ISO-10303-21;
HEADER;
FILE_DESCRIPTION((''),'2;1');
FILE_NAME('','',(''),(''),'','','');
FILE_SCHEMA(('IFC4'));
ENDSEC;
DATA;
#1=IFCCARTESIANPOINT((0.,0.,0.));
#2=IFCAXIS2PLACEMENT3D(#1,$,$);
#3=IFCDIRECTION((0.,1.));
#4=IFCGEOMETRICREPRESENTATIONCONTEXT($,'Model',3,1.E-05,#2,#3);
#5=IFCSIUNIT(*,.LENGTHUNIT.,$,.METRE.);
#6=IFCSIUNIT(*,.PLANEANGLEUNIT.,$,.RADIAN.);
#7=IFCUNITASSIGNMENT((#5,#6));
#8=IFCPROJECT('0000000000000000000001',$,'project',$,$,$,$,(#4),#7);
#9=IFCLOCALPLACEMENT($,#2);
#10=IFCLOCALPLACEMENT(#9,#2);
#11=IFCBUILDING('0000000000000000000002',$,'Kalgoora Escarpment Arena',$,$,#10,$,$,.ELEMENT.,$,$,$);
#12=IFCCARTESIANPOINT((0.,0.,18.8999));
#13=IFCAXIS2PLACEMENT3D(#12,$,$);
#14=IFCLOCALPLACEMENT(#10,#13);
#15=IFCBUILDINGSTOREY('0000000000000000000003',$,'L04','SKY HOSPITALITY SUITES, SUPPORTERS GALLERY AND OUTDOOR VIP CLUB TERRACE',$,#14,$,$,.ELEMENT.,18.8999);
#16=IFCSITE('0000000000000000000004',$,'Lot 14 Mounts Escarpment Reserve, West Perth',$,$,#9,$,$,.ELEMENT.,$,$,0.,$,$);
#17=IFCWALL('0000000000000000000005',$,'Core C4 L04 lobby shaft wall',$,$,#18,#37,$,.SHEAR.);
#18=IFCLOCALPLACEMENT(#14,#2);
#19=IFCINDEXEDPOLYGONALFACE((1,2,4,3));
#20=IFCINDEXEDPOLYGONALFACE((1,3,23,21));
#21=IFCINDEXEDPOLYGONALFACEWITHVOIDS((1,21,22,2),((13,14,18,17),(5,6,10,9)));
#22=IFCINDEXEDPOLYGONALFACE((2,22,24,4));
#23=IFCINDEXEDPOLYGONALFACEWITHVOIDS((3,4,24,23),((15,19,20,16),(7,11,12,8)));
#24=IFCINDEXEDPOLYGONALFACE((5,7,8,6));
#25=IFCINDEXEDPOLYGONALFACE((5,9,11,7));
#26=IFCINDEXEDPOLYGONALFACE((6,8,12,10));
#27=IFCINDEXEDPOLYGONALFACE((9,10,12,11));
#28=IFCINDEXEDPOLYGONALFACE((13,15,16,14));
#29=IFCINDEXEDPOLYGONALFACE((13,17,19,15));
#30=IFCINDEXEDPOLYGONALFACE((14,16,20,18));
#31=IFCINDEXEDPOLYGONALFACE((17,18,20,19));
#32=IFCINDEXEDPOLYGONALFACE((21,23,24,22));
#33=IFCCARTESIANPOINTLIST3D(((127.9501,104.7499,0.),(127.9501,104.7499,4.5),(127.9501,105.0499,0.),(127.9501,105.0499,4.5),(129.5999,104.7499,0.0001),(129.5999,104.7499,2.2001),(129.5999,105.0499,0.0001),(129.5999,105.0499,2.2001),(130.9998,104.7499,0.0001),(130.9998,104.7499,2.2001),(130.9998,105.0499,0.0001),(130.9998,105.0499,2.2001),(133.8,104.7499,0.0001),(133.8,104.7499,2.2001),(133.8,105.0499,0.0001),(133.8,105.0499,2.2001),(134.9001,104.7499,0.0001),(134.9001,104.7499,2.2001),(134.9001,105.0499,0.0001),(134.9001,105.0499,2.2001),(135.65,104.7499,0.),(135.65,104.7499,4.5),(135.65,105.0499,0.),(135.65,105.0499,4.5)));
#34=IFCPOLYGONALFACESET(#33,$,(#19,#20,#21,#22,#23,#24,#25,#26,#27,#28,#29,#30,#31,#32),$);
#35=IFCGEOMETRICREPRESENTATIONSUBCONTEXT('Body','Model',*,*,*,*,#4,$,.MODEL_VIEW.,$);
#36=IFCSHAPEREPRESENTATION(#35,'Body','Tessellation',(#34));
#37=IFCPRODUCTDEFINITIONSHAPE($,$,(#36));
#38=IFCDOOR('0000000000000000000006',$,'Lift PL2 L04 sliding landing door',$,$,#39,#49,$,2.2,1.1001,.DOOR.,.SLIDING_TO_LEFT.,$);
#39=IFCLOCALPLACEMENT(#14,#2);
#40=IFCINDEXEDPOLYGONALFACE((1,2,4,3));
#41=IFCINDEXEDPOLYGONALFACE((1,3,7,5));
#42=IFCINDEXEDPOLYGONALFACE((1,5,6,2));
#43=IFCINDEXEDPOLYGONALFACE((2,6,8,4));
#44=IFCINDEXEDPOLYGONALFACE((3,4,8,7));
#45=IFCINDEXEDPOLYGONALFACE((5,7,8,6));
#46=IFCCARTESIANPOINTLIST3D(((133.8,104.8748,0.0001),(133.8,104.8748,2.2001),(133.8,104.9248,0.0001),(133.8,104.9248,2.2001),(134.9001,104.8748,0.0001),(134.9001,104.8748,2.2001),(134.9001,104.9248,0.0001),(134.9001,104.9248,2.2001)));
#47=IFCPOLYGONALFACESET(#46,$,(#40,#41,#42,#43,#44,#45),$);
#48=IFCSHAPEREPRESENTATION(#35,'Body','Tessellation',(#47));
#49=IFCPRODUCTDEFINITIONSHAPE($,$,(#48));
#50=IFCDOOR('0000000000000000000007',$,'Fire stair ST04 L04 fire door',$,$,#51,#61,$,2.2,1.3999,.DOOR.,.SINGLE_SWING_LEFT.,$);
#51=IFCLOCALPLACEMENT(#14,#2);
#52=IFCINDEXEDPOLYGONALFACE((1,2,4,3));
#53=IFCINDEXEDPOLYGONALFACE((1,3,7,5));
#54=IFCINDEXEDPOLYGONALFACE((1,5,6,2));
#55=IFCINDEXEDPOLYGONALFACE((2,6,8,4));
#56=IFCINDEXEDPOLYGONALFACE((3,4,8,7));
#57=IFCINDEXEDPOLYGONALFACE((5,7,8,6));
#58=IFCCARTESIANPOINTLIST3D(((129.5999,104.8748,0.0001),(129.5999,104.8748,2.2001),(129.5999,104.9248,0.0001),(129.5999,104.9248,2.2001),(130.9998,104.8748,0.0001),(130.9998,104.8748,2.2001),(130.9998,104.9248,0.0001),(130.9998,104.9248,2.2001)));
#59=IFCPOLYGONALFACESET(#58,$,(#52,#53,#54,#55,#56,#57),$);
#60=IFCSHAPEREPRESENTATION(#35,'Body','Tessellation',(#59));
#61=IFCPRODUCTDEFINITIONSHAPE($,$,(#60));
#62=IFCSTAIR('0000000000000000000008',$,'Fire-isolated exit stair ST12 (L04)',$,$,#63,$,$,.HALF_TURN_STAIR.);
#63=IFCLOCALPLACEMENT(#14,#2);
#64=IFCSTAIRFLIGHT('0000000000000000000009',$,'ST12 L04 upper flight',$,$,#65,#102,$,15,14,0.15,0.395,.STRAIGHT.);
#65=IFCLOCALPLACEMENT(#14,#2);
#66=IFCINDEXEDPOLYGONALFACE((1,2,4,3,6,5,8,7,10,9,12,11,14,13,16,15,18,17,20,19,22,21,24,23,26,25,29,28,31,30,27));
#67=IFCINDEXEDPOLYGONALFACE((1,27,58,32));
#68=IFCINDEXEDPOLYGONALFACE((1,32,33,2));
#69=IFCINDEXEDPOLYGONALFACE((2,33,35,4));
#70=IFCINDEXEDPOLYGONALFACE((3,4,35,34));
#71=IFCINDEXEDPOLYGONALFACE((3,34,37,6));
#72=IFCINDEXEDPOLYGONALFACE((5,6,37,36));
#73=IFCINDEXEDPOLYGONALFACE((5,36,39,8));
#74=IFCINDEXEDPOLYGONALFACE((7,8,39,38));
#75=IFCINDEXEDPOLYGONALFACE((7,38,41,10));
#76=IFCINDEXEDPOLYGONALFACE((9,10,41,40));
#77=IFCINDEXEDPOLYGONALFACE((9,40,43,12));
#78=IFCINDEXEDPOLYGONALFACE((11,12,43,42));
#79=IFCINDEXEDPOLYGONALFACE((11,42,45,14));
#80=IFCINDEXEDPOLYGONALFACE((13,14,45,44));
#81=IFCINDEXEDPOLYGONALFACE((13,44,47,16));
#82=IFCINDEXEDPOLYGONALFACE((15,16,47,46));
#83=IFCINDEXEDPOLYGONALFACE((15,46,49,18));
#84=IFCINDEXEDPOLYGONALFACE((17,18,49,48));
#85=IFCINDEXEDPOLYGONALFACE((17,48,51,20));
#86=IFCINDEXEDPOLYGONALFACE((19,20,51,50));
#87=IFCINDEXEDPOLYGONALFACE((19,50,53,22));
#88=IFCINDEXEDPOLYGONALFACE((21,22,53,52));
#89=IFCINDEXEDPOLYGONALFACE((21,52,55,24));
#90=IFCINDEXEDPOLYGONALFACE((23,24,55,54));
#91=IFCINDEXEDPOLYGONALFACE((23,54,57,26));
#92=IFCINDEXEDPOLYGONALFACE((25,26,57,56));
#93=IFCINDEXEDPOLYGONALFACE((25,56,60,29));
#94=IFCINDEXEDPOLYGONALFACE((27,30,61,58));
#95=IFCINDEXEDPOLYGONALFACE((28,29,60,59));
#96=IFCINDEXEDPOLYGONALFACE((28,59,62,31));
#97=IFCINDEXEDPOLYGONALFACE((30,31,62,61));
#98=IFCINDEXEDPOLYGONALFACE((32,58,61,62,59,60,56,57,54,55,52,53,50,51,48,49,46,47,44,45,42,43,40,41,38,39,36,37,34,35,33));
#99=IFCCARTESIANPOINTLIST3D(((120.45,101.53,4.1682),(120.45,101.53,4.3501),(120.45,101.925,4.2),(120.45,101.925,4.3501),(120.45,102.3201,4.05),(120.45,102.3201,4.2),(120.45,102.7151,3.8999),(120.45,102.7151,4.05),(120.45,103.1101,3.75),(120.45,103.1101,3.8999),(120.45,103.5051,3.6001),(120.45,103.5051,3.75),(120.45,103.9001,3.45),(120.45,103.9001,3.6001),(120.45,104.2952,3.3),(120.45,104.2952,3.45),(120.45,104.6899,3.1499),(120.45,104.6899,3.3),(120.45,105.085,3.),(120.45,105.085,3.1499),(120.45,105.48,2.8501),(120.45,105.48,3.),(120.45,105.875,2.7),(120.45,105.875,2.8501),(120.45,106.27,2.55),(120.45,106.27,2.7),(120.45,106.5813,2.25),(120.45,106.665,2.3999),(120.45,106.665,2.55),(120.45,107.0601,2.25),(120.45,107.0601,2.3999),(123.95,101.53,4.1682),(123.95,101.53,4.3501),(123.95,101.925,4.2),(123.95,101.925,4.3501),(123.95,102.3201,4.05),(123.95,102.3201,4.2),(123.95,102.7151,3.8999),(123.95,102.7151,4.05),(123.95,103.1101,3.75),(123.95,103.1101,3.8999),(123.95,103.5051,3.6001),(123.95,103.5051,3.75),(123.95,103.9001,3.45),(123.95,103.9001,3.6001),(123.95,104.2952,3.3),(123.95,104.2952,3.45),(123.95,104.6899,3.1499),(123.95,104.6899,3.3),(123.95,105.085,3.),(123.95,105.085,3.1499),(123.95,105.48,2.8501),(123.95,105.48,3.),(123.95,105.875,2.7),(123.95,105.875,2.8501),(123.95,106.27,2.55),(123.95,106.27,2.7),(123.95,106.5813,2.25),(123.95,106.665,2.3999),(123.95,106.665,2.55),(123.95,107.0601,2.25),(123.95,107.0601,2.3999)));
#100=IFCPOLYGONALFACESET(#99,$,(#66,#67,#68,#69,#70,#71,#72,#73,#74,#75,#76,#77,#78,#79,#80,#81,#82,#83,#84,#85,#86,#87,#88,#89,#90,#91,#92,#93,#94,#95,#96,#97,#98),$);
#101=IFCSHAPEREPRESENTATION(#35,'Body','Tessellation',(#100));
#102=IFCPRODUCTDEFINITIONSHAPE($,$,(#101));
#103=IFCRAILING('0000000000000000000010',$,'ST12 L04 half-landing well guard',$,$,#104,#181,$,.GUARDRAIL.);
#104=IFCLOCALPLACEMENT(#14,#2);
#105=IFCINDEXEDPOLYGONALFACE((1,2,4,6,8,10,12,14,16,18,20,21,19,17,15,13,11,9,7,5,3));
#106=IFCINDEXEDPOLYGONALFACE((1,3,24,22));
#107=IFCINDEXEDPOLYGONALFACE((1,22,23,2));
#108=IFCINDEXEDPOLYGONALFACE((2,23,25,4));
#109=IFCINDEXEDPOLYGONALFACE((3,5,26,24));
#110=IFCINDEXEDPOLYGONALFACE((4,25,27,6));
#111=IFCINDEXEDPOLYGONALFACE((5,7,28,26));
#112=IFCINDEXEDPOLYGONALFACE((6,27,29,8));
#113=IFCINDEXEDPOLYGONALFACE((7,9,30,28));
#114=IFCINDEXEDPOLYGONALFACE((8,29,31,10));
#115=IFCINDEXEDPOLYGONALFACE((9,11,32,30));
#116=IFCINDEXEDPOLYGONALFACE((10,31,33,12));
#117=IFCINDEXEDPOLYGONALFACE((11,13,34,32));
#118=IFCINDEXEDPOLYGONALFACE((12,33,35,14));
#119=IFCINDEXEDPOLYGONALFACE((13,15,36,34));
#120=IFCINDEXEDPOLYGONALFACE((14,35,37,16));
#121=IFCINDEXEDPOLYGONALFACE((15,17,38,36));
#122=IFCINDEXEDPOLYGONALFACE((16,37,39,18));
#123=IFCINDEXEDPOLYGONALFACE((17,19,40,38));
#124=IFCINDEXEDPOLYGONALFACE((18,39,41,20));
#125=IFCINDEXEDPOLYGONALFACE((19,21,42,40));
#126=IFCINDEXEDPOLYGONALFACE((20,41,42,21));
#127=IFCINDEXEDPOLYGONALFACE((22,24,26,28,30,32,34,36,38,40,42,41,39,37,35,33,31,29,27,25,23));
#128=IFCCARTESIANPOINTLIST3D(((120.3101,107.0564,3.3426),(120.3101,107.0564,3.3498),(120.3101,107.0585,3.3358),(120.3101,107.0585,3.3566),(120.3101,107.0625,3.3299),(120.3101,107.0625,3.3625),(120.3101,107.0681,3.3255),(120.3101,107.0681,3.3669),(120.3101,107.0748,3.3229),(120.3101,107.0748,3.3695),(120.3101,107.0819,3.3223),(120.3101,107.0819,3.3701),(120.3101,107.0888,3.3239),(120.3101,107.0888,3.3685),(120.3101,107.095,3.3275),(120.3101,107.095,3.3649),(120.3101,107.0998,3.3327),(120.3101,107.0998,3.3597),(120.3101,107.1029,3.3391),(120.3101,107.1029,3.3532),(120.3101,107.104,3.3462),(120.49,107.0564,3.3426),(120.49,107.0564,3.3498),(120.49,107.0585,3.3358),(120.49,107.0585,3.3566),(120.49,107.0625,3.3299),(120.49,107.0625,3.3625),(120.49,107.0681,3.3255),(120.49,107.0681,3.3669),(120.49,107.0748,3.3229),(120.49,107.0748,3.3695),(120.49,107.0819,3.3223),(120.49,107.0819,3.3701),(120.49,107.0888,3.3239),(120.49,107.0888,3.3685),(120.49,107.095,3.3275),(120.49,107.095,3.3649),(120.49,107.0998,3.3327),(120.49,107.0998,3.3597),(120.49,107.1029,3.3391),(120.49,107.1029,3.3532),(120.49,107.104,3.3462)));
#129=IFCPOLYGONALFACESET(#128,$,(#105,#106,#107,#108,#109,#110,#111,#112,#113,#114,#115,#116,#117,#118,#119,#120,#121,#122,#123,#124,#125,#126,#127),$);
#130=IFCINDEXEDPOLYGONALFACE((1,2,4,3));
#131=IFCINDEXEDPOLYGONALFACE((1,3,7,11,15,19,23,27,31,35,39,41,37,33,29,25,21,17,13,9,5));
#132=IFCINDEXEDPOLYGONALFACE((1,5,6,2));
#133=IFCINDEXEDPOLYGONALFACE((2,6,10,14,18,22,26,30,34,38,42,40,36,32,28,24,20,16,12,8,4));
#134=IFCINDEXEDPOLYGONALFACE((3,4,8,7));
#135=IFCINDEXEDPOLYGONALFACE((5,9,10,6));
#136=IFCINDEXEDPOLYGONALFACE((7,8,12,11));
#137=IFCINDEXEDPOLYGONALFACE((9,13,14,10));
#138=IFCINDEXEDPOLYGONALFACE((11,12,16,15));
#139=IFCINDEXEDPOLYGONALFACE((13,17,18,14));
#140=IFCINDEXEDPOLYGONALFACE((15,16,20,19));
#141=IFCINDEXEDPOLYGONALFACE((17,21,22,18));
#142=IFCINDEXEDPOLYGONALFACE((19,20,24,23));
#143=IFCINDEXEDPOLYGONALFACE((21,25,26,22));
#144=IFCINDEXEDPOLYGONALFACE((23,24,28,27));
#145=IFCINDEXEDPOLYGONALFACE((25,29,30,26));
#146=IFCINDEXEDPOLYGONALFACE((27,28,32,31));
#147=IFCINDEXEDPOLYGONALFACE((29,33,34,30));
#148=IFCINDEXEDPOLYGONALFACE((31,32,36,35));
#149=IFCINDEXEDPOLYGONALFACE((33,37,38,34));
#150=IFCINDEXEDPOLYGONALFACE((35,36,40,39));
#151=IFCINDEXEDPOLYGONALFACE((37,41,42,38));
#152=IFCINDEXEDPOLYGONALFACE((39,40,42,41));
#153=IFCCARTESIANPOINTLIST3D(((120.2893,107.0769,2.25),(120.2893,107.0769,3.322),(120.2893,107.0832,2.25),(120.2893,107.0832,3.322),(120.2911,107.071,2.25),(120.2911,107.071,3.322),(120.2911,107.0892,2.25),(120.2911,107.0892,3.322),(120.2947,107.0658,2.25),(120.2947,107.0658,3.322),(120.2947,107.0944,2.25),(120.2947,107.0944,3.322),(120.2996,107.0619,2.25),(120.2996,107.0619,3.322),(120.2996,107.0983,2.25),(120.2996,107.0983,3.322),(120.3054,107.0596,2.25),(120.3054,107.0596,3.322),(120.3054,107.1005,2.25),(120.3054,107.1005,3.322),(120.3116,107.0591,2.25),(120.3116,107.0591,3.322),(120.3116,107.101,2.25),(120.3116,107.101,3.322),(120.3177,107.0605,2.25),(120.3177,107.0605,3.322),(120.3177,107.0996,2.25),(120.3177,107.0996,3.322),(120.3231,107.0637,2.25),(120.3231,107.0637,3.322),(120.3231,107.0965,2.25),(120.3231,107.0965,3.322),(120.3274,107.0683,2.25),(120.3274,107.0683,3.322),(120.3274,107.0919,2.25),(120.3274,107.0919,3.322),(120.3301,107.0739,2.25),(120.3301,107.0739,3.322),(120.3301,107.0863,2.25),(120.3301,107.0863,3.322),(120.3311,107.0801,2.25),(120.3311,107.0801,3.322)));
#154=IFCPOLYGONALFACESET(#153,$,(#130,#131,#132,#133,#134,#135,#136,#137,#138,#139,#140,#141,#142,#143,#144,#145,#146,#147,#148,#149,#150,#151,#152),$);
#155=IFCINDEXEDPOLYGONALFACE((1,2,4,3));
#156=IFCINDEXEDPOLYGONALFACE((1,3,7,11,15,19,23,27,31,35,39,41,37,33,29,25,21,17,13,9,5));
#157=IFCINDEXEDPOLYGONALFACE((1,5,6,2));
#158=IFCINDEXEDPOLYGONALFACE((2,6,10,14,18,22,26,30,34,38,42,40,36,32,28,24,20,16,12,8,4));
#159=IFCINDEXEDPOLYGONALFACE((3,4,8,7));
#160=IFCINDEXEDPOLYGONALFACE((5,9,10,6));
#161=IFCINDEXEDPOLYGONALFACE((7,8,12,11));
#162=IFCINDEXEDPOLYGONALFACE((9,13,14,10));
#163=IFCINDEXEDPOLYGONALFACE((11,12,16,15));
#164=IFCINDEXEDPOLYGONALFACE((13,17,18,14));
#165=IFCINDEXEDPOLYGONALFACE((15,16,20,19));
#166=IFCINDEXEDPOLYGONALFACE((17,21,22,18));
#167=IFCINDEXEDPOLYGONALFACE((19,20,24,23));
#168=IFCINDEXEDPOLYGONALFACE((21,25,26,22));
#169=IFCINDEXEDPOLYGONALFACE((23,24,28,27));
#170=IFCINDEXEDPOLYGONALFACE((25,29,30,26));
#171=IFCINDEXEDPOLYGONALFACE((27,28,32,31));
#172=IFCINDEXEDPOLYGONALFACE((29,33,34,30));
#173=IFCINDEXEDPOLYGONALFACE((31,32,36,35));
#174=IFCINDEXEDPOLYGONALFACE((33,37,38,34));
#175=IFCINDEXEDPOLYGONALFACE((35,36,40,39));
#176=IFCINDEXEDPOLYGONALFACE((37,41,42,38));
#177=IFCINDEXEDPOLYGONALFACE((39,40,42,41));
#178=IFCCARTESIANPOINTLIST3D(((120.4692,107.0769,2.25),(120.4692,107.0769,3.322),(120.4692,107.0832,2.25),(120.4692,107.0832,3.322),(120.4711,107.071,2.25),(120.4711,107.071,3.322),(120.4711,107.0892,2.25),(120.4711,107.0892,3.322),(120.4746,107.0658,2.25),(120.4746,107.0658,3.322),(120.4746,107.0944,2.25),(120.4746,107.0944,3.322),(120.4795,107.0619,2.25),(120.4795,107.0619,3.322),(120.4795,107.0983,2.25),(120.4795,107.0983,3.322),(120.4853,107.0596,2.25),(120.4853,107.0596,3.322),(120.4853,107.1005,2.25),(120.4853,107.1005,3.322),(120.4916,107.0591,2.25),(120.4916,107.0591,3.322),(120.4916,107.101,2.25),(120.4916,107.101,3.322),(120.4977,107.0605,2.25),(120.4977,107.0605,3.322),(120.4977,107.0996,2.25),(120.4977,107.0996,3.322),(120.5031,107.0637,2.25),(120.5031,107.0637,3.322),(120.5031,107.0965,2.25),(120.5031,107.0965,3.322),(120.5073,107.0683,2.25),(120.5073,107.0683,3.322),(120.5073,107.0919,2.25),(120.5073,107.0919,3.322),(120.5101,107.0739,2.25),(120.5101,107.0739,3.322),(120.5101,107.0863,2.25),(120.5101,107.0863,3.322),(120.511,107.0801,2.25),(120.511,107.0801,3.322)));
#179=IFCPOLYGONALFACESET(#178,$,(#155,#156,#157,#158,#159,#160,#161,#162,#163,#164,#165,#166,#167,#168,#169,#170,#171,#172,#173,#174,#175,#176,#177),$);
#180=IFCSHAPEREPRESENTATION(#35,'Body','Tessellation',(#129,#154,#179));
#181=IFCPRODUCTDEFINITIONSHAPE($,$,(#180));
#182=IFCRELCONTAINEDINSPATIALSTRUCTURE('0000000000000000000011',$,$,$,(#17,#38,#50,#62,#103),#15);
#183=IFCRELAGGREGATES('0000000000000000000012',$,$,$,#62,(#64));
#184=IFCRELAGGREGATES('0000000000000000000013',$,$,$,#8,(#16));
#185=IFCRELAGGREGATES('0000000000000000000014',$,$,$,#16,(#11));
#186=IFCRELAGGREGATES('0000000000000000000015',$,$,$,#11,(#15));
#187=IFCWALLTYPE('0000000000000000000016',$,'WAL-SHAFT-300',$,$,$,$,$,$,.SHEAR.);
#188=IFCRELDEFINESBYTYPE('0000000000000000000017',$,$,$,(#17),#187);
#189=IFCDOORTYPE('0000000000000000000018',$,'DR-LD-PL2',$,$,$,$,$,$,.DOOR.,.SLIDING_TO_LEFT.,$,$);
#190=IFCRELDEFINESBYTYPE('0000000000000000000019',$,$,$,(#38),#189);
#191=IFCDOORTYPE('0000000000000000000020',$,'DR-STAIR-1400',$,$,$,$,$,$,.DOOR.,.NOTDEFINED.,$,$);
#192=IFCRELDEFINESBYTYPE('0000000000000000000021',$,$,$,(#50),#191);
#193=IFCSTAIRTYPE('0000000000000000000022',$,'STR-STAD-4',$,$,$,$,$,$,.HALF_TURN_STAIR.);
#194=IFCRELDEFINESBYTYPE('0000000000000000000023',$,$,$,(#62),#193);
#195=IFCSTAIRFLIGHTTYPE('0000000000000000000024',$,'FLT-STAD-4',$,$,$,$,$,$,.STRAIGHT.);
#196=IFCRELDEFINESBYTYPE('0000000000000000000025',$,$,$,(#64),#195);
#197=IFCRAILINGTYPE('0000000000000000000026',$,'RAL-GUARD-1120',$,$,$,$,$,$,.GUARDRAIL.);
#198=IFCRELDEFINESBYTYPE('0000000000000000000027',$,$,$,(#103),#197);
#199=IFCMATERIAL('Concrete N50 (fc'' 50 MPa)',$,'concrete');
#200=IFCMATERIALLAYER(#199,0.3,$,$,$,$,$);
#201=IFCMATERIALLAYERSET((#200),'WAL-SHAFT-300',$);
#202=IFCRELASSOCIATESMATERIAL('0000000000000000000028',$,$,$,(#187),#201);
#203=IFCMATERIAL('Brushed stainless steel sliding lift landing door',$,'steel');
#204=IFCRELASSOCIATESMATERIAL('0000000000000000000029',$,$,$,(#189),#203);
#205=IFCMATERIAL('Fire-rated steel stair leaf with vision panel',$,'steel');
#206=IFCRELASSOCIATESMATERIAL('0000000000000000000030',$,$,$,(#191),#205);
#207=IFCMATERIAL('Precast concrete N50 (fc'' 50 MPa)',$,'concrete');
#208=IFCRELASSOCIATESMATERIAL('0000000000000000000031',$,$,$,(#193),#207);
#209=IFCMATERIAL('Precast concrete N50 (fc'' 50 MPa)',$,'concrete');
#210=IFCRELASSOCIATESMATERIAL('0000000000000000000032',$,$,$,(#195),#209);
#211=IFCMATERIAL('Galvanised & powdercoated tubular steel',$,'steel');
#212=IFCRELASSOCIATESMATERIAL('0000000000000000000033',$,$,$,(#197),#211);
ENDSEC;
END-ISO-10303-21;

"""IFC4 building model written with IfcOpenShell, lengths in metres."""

from ifc_helpers import new_model, si_unit, direction, frame, frame_2d, origin, origin_2d, place, context, subcontext, project, spatial, polyline, rectangle, circle, outline, extrude, material, layer, layer_set, type_object, element, fill, aggregate, save


model = new_model("IFC4")

# Units and contexts
model_context = context("Model", 3, precision=1e-05, world=origin(), true_north=direction((0.0, 1.0)))
body_context = subcontext(model_context, "Body", "Model", "MODEL_VIEW")
ifc_project = project(units=[si_unit("LENGTHUNIT", "METRE"), si_unit("PLANEANGLEUNIT", "RADIAN")], contexts=[model_context])

# Site, building, storey
site_placement = place(None, origin())
site = spatial("IfcSite", under=ifc_project, at=site_placement, Name="Lot 14 Mounts Escarpment Reserve, West Perth", CompositionType="ELEMENT", RefElevation=0.0)
building_placement = place(site_placement, origin())
building = spatial("IfcBuilding", under=site, at=building_placement, Name="Kalgoora Escarpment Arena", CompositionType="ELEMENT")
storey_placement = place(building_placement, frame((0.0, 0.0, 18.8999)))
storey = spatial("IfcBuildingStorey", under=building, at=storey_placement, Name="L04", Description="SKY HOSPITALITY SUITES, SUPPORTERS GALLERY AND OUTDOOR VIP CLUB TERRACE", CompositionType="ELEMENT", Elevation=18.8999)

# Wall, openings, doors
ifc_material_1 = material(Name="Concrete N50 (fc' 50 MPa)", Category="concrete")
ifc_layer_1 = layer(ifc_material_1, 0.3)
ifc_layer_set_1 = layer_set([ifc_layer_1], Name="WAL-SHAFT-300")
wall_type_1 = type_object("IfcWallType", Name="WAL-SHAFT-300", PredefinedType="SHEAR", material=ifc_layer_set_1)
wall_1_placement = place(storey_placement, frame((127.95, 104.8999, 0.0), z_axis=(0.0, 0.0, 1.0), x_axis=(1.0, 0.0, 0.0)))
wall_1 = element("IfcWall", 1, at=wall_1_placement, inside=storey, type_object=wall_type_1, Name="Core C4 L04 lobby shaft wall", PredefinedType="SHEAR", context=body_context, shape_type="SweptSolid", body=[
    extrude(rectangle(XDim=7.7, YDim=0.3, at=frame_2d((3.8501, 0.0))), origin(), (0.0, 0.0, 1.0), 4.5),
])
opening_1_placement = place(wall_1_placement, frame((1.6499, 0.0, 0.0)))
opening_1 = element("IfcOpeningElement", 2, at=opening_1_placement, cuts=wall_1, PredefinedType="OPENING", context=body_context, shape_type="SweptSolid", body=[
    extrude(rectangle(XDim=1.3999, YDim=2.2, at=frame_2d((0.7, 1.1001))), frame((0.0, 0.1599, 0.0), z_axis=(0.0, -1.0, 0.0), x_axis=(1.0, 0.0, 0.0)), (0.0, 0.0, 1.0), 0.3201),
])
opening_2_placement = place(wall_1_placement, frame((5.8501, 0.0, 0.0)))
opening_2 = element("IfcOpeningElement", 3, at=opening_2_placement, cuts=wall_1, PredefinedType="OPENING", context=body_context, shape_type="SweptSolid", body=[
    extrude(rectangle(XDim=1.1001, YDim=2.2, at=frame_2d((0.55, 1.1001))), frame((0.0, 0.1599, 0.0), z_axis=(0.0, -1.0, 0.0), x_axis=(1.0, 0.0, 0.0)), (0.0, 0.0, 1.0), 0.3201),
])
ifc_material_2 = material(Name="Brushed stainless steel sliding lift landing door", Category="steel")
door_type_1 = type_object("IfcDoorType", Name="DR-LD-PL2", OperationType="SLIDING_TO_LEFT", PredefinedType="DOOR", material=ifc_material_2)
door_1_placement = place(opening_2_placement, origin())
door_1 = element("IfcDoor", 4, at=door_1_placement, inside=storey, type_object=door_type_1, Name="Lift PL2 L04 sliding landing door", OperationType="SLIDING_TO_LEFT", OverallHeight=2.2, OverallWidth=1.1001, PredefinedType="DOOR", context=body_context, shape_type="SweptSolid", body=[
    extrude(rectangle(XDim=1.1001, YDim=2.2, at=frame_2d((0.55, 1.1001))), frame((0.0, 0.0249, 0.0), z_axis=(0.0, -1.0, 0.0), x_axis=(1.0, 0.0, 0.0)), (0.0, 0.0, 1.0), 0.05),
])
fill(opening_2, door_1)
ifc_material_3 = material(Name="Fire-rated steel stair leaf with vision panel", Category="steel")
door_type_2 = type_object("IfcDoorType", Name="DR-STAIR-1400", OperationType="NOTDEFINED", PredefinedType="DOOR", material=ifc_material_3)
door_2_placement = place(opening_1_placement, origin())
door_2 = element("IfcDoor", 5, at=door_2_placement, inside=storey, type_object=door_type_2, Name="Fire stair ST04 L04 fire door", OperationType="SINGLE_SWING_LEFT", OverallHeight=2.2, OverallWidth=1.3999, PredefinedType="DOOR", context=body_context, shape_type="SweptSolid", body=[
    extrude(rectangle(XDim=1.3999, YDim=2.2, at=frame_2d((0.7, 1.1001))), frame((0.0, 0.0249, 0.0), z_axis=(0.0, -1.0, 0.0), x_axis=(1.0, 0.0, 0.0)), (0.0, 0.0, 1.0), 0.05),
])
fill(opening_1, door_2)

# Stair, stair flight
ifc_material_4 = material(Name="Precast concrete N50 (fc' 50 MPa)", Category="concrete")
stair_type = type_object("IfcStairType", Name="STR-STAD-4", PredefinedType="HALF_TURN_STAIR", material=ifc_material_4)
stair_placement = place(storey_placement, origin())
stair = element("IfcStair", 6, at=stair_placement, inside=storey, type_object=stair_type, Name="Fire-isolated exit stair ST12 (L04)", PredefinedType="HALF_TURN_STAIR")
ifc_material_5 = material(Name="Precast concrete N50 (fc' 50 MPa)", Category="concrete")
stair_flight_type = type_object("IfcStairFlightType", Name="FLT-STAD-4", PredefinedType="STRAIGHT", material=ifc_material_5)
stair_flight_placement = place(storey_placement, frame((122.2, 107.0601, 2.25), z_axis=(0.0, 0.0, 1.0), x_axis=(0.0, -1.0, 0.0)))
stair_flight = element("IfcStairFlight", 7, at=stair_flight_placement, type_object=stair_flight_type, Name="ST12 L04 upper flight", NumberOfRisers=15, NumberOfTreads=14, PredefinedType="STRAIGHT", RiserHeight=0.15, TreadLength=0.395, context=body_context, shape_type="SweptSolid", body=[
    extrude(outline(polyline([(0.0, 0.0), (0.0, 0.1499), (0.395, 0.1499), (0.395, 0.3), (0.79, 0.3), (0.79, 0.45), (1.1851, 0.45), (1.1851, 0.6001), (1.5801, 0.6001), (1.5801, 0.75), (1.9751, 0.75), (1.9751, 0.8999), (2.3701, 0.8999), (2.3701, 1.05), (2.7649, 1.05), (2.7649, 1.2), (3.1599, 1.2), (3.1599, 1.3501), (3.5549, 1.3501), (3.5549, 1.5), (3.95, 1.5), (3.95, 1.6499), (4.345, 1.6499), (4.345, 1.8), (4.74, 1.8), (4.74, 1.95), (5.135, 1.95), (5.135, 2.1001), (5.53, 2.1001), (5.53, 2.25), (5.53, 1.9182), (0.4788, 0.0), (0.0, 0.0)])), frame((0.0, 1.75, 0.0), z_axis=(0.0, -1.0, 0.0), x_axis=(1.0, 0.0, 0.0)), (0.0, 0.0, 1.0), 3.5),
])
aggregate(stair, [stair_flight])

# Railing
ifc_material_6 = material(Name="Galvanised & powdercoated tubular steel", Category="steel")
railing_type_1 = type_object("IfcRailingType", Name="RAL-GUARD-1120", PredefinedType="GUARDRAIL", material=ifc_material_6)
railing_placement = place(storey_placement, frame((120.3101, 107.0801, 2.25)))
element("IfcRailing", 8, at=railing_placement, inside=storey, type_object=railing_type_1, Name="ST12 L04 half-landing well guard", PredefinedType="GUARDRAIL", context=body_context, shape_type="SweptSolid", body=[
    extrude(circle(Radius=0.0239, at=origin_2d()), frame((0.0, 0.0, 1.0962), z_axis=(1.0, 0.0, 0.0), x_axis=(0.0, 1.0, 0.0)), (0.0, 0.0, 1.0), 0.1799),
    extrude(circle(Radius=0.021, at=origin_2d()), origin(), (0.0, 0.0, 1.0), 1.072),
    extrude(circle(Radius=0.021, at=origin_2d()), frame((0.1799, 0.0, 0.0)), (0.0, 0.0, 1.0), 1.072),
])

save(model, "model.ifc")
